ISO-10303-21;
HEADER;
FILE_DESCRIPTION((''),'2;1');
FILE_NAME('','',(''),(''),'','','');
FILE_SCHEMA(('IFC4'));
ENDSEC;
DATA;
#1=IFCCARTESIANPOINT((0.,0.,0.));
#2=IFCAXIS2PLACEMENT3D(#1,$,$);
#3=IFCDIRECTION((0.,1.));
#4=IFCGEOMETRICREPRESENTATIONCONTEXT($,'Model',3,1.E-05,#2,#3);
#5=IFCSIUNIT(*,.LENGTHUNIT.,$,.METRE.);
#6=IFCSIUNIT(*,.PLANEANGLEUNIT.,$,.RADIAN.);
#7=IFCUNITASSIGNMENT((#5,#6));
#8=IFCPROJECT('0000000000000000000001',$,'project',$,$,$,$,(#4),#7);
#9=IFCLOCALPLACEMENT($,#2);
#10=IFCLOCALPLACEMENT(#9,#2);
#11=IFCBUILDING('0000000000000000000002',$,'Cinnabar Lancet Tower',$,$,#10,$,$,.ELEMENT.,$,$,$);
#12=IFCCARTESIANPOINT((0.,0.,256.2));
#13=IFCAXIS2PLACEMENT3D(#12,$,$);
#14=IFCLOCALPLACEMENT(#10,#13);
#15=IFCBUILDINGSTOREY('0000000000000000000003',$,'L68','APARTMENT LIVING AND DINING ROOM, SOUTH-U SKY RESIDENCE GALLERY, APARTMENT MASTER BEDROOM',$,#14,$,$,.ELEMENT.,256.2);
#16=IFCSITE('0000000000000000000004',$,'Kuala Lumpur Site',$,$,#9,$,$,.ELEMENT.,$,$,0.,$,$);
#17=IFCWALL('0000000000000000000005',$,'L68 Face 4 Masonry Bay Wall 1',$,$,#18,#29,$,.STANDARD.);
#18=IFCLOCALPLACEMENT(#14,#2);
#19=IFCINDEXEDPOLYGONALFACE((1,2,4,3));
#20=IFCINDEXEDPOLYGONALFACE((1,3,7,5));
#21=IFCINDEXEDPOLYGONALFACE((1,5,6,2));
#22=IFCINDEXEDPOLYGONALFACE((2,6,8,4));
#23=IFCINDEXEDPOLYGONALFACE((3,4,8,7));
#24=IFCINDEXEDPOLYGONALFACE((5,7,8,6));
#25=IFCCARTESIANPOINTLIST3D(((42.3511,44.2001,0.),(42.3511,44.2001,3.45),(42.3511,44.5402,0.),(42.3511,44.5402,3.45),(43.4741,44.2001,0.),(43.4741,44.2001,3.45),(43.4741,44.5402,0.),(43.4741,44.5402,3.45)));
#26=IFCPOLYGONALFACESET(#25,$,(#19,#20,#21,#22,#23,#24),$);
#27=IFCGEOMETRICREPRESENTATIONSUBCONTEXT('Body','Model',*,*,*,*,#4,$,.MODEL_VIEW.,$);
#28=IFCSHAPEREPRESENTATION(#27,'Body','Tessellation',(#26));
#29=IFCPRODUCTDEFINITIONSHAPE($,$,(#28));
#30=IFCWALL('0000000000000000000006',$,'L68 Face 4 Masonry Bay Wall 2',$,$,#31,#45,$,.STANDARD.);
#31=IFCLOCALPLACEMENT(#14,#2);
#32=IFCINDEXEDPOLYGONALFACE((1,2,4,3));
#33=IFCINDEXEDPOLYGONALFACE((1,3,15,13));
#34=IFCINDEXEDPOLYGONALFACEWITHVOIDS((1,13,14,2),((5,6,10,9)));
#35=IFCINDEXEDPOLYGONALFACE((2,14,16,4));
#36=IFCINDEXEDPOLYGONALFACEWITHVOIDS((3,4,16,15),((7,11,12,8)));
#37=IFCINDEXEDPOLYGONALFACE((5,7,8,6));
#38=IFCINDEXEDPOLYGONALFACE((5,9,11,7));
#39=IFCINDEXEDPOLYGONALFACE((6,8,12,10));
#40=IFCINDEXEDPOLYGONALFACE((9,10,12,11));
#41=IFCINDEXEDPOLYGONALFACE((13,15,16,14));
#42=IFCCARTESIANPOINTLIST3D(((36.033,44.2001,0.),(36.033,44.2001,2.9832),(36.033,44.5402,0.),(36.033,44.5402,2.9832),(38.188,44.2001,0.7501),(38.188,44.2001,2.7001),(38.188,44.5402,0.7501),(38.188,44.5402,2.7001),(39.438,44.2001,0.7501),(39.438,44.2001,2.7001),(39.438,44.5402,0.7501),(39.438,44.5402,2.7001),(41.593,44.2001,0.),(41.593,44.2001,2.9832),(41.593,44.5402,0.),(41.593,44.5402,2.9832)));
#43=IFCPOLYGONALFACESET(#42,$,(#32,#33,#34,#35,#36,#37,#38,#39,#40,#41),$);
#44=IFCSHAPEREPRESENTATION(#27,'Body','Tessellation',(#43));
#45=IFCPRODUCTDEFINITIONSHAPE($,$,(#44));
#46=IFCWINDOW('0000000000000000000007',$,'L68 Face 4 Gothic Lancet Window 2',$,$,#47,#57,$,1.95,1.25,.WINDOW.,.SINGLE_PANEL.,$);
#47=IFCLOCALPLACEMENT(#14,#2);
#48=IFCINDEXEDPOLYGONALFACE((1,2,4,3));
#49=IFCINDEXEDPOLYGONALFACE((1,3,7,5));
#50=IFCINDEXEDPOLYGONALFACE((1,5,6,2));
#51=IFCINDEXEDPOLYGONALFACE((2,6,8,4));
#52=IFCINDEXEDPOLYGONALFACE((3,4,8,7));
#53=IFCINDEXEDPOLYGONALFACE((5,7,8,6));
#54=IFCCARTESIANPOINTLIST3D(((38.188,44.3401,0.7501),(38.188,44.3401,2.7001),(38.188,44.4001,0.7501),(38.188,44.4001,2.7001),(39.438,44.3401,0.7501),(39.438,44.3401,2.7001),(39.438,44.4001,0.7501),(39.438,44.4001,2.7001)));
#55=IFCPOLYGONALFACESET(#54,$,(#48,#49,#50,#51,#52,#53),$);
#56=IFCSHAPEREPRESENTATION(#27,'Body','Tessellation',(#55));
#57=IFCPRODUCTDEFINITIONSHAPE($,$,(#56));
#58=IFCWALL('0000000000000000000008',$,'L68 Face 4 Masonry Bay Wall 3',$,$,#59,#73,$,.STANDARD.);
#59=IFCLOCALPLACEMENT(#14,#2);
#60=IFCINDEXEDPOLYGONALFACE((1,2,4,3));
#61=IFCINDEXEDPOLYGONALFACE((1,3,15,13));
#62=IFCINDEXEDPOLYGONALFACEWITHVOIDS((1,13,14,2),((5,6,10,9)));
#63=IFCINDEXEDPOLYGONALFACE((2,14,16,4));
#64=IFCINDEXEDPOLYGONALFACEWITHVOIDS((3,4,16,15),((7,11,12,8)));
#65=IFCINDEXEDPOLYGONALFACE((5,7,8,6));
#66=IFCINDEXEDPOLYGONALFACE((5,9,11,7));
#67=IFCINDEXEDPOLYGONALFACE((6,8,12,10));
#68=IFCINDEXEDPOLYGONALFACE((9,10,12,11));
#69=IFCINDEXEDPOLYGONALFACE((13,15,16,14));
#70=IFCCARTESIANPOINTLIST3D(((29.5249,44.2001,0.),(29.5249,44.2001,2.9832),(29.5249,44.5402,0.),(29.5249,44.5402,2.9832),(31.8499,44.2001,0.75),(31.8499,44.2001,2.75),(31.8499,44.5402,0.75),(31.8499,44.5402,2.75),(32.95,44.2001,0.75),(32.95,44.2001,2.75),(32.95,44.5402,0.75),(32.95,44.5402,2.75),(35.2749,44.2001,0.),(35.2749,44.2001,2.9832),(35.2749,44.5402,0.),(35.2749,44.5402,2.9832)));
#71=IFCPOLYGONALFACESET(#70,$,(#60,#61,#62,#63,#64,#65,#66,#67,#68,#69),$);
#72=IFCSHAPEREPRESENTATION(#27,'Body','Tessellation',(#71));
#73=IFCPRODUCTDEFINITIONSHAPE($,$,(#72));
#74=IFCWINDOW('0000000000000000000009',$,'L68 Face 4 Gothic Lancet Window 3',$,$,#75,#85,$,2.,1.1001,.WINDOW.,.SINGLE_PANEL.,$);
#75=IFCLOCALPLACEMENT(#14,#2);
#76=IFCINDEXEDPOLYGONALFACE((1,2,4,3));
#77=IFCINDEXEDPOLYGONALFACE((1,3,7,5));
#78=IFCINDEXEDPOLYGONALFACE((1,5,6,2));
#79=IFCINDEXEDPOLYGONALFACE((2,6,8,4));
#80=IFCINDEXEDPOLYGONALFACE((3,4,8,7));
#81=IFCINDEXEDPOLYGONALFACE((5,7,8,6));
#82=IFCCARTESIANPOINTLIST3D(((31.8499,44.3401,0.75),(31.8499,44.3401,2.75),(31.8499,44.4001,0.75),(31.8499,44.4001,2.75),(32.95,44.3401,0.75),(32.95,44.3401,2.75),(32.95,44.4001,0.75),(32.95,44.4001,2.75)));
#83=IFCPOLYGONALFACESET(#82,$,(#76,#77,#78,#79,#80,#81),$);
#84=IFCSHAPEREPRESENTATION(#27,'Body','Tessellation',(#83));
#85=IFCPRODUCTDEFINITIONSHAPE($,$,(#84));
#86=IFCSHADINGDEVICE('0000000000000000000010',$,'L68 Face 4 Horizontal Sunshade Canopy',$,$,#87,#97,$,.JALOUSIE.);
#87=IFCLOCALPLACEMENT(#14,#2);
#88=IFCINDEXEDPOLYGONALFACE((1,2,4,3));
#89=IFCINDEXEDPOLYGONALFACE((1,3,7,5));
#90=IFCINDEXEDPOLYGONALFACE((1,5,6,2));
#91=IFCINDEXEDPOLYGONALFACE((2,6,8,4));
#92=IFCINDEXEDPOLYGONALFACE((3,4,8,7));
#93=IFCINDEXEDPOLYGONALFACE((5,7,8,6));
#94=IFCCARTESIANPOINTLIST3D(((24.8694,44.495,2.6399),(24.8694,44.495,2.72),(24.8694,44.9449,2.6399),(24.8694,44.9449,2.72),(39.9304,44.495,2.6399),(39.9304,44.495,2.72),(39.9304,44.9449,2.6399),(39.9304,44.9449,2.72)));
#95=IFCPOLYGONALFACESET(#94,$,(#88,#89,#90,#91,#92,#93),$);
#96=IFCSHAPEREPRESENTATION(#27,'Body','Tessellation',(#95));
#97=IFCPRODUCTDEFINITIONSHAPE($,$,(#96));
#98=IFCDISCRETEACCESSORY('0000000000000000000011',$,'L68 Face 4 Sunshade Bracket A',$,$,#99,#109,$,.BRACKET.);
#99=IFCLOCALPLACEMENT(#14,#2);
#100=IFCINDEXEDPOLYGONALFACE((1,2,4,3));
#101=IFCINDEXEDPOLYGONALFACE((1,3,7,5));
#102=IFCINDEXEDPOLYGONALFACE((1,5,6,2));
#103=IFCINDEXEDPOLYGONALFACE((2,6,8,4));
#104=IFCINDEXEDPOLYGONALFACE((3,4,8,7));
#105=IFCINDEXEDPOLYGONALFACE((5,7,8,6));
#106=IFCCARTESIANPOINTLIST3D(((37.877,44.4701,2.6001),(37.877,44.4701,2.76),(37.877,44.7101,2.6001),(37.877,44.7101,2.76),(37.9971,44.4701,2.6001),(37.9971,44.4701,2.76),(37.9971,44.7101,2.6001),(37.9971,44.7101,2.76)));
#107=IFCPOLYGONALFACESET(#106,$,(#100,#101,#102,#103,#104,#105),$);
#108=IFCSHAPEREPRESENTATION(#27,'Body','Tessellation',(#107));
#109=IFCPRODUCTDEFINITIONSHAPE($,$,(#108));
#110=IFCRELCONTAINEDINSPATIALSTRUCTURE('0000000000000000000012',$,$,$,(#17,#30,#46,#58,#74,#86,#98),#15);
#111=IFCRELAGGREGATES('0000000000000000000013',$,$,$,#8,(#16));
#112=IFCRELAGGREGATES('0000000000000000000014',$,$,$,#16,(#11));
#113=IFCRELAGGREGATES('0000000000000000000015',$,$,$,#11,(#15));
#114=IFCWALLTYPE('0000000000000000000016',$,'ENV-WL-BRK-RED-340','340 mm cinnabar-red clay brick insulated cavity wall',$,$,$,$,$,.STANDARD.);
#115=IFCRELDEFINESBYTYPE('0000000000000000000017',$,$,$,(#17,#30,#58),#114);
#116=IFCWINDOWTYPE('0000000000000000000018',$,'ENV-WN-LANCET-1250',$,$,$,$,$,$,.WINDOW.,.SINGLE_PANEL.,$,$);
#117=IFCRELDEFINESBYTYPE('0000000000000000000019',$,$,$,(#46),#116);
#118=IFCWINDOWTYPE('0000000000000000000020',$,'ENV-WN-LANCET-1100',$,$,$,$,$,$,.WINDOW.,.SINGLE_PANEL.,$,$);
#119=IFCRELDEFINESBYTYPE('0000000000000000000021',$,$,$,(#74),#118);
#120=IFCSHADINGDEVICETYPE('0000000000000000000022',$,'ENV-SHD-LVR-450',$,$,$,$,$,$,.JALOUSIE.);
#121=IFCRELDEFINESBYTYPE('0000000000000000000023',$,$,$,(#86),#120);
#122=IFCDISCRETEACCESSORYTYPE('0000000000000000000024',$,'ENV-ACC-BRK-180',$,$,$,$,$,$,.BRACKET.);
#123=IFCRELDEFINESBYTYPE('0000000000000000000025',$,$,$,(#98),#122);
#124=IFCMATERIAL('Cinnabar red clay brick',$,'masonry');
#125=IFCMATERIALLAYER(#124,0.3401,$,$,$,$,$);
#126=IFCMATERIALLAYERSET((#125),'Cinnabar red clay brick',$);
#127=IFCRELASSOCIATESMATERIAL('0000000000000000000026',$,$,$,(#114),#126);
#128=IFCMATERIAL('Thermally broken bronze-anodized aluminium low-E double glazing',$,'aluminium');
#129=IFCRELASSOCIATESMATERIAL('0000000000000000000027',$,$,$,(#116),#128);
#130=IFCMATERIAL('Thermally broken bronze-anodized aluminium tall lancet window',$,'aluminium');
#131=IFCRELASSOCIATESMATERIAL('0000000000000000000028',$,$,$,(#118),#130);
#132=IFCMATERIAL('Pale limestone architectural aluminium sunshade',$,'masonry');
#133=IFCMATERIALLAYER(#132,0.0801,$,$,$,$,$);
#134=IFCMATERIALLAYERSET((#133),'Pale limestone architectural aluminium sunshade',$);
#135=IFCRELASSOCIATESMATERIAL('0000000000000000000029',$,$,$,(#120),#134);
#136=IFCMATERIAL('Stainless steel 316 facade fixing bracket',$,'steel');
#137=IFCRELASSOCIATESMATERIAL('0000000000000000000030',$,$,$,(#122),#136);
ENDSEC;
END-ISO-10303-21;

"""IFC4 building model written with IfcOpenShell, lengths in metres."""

from ifc_helpers import new_model, si_unit, direction, frame, frame_2d, origin, origin_2d, place, context, subcontext, project, spatial, rectangle, extrude, material, layer, layer_set, type_object, element, fill, save


model = new_model("IFC4")

# Units and contexts
model_context = context("Model", 3, precision=1e-05, world=origin(), true_north=direction((0.0, 1.0)))
body_context = subcontext(model_context, "Body", "Model", "MODEL_VIEW")
ifc_project = project(units=[si_unit("LENGTHUNIT", "METRE"), si_unit("PLANEANGLEUNIT", "RADIAN")], contexts=[model_context])

# Site, building, storey
site_placement = place(None, origin())
site = spatial("IfcSite", under=ifc_project, at=site_placement, Name="Kuala Lumpur Site", CompositionType="ELEMENT", RefElevation=0.0)
building_placement = place(site_placement, origin())
building = spatial("IfcBuilding", under=site, at=building_placement, Name="Cinnabar Lancet Tower", CompositionType="ELEMENT")
storey_placement = place(building_placement, frame((0.0, 0.0, 256.2)))
storey = spatial("IfcBuildingStorey", under=building, at=storey_placement, Name="L68", Description="APARTMENT LIVING AND DINING ROOM, SOUTH-U SKY RESIDENCE GALLERY, APARTMENT MASTER BEDROOM", CompositionType="ELEMENT", Elevation=256.2)

# Wall
ifc_material_1 = material(Name="Cinnabar red clay brick", Category="masonry")
ifc_layer_1 = layer(ifc_material_1, 0.3401)
ifc_layer_set_1 = layer_set([ifc_layer_1], Name="Cinnabar red clay brick")
wall_type_1 = type_object("IfcWallType", Name="ENV-WL-BRK-RED-340", Description="340 mm cinnabar-red clay brick insulated cavity wall", PredefinedType="STANDARD", material=ifc_layer_set_1)
wall_1_placement = place(storey_placement, frame((43.4741, 44.3701, 0.0), z_axis=(0.0, 0.0, 1.0), x_axis=(-1.0, 0.0, 0.0)))
element("IfcWall", 1, at=wall_1_placement, inside=storey, type_object=wall_type_1, Name="L68 Face 4 Masonry Bay Wall 1", PredefinedType="STANDARD", context=body_context, shape_type="SweptSolid", body=[
    extrude(rectangle(XDim=1.123, YDim=0.3401, at=frame_2d((0.5615, 0.0))), origin(), (0.0, 0.0, 1.0), 3.45),
])

# Walls, openings, windows
wall_2_placement = place(storey_placement, frame((41.593, 44.3701, 0.0), z_axis=(0.0, 0.0, 1.0), x_axis=(-1.0, 0.0, 0.0)))
wall_2 = element("IfcWall", 2, at=wall_2_placement, inside=storey, type_object=wall_type_1, Name="L68 Face 4 Masonry Bay Wall 2", PredefinedType="STANDARD", context=body_context, shape_type="SweptSolid", body=[
    extrude(rectangle(XDim=5.5601, YDim=0.3401, at=frame_2d((2.78, 0.0))), origin(), (0.0, 0.0, 1.0), 2.9832),
])
opening_1_placement = place(wall_2_placement, frame((2.155, 0.0, 0.75)))
opening_1 = element("IfcOpeningElement", 3, at=opening_1_placement, cuts=wall_2, PredefinedType="OPENING", context=body_context, shape_type="SweptSolid", body=[
    extrude(rectangle(XDim=1.25, YDim=1.95, at=frame_2d((0.625, 0.9751))), frame((0.0, 0.1799, 0.0), z_axis=(0.0, -1.0, 0.0), x_axis=(1.0, 0.0, 0.0)), (0.0, 0.0, 1.0), 0.3601),
])
ifc_material_2 = material(Name="Thermally broken bronze-anodized aluminium low-E double glazing", Category="aluminium")
window_type_1 = type_object("IfcWindowType", Name="ENV-WN-LANCET-1250", PartitioningType="SINGLE_PANEL", PredefinedType="WINDOW", material=ifc_material_2)
window_1_placement = place(opening_1_placement, origin())
window_1 = element("IfcWindow", 4, at=window_1_placement, inside=storey, type_object=window_type_1, Name="L68 Face 4 Gothic Lancet Window 2", OverallHeight=1.95, OverallWidth=1.25, PartitioningType="SINGLE_PANEL", PredefinedType="WINDOW", context=body_context, shape_type="SweptSolid", body=[
    extrude(rectangle(XDim=1.25, YDim=1.95, at=frame_2d((0.625, 0.9751))), frame((0.0, 0.03, 0.0), z_axis=(0.0, -1.0, 0.0), x_axis=(1.0, 0.0, 0.0)), (0.0, 0.0, 1.0), 0.0601),
])
fill(opening_1, window_1)
wall_3_placement = place(storey_placement, frame((35.2749, 44.3701, 0.0), z_axis=(0.0, 0.0, 1.0), x_axis=(-1.0, 0.0, 0.0)))
wall_3 = element("IfcWall", 5, at=wall_3_placement, inside=storey, type_object=wall_type_1, Name="L68 Face 4 Masonry Bay Wall 3", PredefinedType="STANDARD", context=body_context, shape_type="SweptSolid", body=[
    extrude(rectangle(XDim=5.75, YDim=0.3401, at=frame_2d((2.875, 0.0))), origin(), (0.0, 0.0, 1.0), 2.9832),
])
opening_2_placement = place(wall_3_placement, frame((2.325, 0.0, 0.75)))
opening_2 = element("IfcOpeningElement", 6, at=opening_2_placement, cuts=wall_3, PredefinedType="OPENING", context=body_context, shape_type="SweptSolid", body=[
    extrude(rectangle(XDim=1.1001, YDim=2.0, at=frame_2d((0.55, 1.0))), frame((0.0, 0.1799, 0.0), z_axis=(0.0, -1.0, 0.0), x_axis=(1.0, 0.0, 0.0)), (0.0, 0.0, 1.0), 0.3601),
])
ifc_material_3 = material(Name="Thermally broken bronze-anodized aluminium tall lancet window", Category="aluminium")
window_type_2 = type_object("IfcWindowType", Name="ENV-WN-LANCET-1100", PartitioningType="SINGLE_PANEL", PredefinedType="WINDOW", material=ifc_material_3)
window_2_placement = place(opening_2_placement, origin())
window_2 = element("IfcWindow", 7, at=window_2_placement, inside=storey, type_object=window_type_2, Name="L68 Face 4 Gothic Lancet Window 3", OverallHeight=2.0, OverallWidth=1.1001, PartitioningType="SINGLE_PANEL", PredefinedType="WINDOW", context=body_context, shape_type="SweptSolid", body=[
    extrude(rectangle(XDim=1.1001, YDim=2.0, at=frame_2d((0.55, 1.0))), frame((0.0, 0.03, 0.0), z_axis=(0.0, -1.0, 0.0), x_axis=(1.0, 0.0, 0.0)), (0.0, 0.0, 1.0), 0.0601),
])
fill(opening_2, window_2)

# Shading device
ifc_material_4 = material(Name="Pale limestone architectural aluminium sunshade", Category="masonry")
ifc_layer_2 = layer(ifc_material_4, 0.0801)
ifc_layer_set_2 = layer_set([ifc_layer_2], Name="Pale limestone architectural aluminium sunshade")
shading_device_type = type_object("IfcShadingDeviceType", Name="ENV-SHD-LVR-450", PredefinedType="JALOUSIE", material=ifc_layer_set_2)
shading_device_placement = place(storey_placement, frame((32.3999, 44.72, 2.6399), z_axis=(0.0, 0.0, 1.0), x_axis=(-1.0, 0.0, 0.0)))
element("IfcShadingDevice", 8, at=shading_device_placement, inside=storey, type_object=shading_device_type, Name="L68 Face 4 Horizontal Sunshade Canopy", PredefinedType="JALOUSIE", context=body_context, shape_type="SweptSolid", body=[
    extrude(rectangle(XDim=15.061, YDim=0.45, at=origin_2d()), origin(), (0.0, 0.0, 1.0), 0.0801),
])

# Discrete accessory
ifc_material_5 = material(Name="Stainless steel 316 facade fixing bracket", Category="steel")
discrete_accessory_type = type_object("IfcDiscreteAccessoryType", Name="ENV-ACC-BRK-180", PredefinedType="BRACKET", material=ifc_material_5)
discrete_accessory_placement = place(storey_placement, frame((37.937, 44.5901, 2.6001), z_axis=(0.0, 0.0, 1.0), x_axis=(-1.0, 0.0, 0.0)))
element("IfcDiscreteAccessory", 9, at=discrete_accessory_placement, inside=storey, type_object=discrete_accessory_type, Name="L68 Face 4 Sunshade Bracket A", PredefinedType="BRACKET", context=body_context, shape_type="SweptSolid", body=[
    extrude(rectangle(XDim=0.1201, YDim=0.24, at=origin_2d()), origin(), (0.0, 0.0, 1.0), 0.1599),
])

save(model, "model.ifc")
